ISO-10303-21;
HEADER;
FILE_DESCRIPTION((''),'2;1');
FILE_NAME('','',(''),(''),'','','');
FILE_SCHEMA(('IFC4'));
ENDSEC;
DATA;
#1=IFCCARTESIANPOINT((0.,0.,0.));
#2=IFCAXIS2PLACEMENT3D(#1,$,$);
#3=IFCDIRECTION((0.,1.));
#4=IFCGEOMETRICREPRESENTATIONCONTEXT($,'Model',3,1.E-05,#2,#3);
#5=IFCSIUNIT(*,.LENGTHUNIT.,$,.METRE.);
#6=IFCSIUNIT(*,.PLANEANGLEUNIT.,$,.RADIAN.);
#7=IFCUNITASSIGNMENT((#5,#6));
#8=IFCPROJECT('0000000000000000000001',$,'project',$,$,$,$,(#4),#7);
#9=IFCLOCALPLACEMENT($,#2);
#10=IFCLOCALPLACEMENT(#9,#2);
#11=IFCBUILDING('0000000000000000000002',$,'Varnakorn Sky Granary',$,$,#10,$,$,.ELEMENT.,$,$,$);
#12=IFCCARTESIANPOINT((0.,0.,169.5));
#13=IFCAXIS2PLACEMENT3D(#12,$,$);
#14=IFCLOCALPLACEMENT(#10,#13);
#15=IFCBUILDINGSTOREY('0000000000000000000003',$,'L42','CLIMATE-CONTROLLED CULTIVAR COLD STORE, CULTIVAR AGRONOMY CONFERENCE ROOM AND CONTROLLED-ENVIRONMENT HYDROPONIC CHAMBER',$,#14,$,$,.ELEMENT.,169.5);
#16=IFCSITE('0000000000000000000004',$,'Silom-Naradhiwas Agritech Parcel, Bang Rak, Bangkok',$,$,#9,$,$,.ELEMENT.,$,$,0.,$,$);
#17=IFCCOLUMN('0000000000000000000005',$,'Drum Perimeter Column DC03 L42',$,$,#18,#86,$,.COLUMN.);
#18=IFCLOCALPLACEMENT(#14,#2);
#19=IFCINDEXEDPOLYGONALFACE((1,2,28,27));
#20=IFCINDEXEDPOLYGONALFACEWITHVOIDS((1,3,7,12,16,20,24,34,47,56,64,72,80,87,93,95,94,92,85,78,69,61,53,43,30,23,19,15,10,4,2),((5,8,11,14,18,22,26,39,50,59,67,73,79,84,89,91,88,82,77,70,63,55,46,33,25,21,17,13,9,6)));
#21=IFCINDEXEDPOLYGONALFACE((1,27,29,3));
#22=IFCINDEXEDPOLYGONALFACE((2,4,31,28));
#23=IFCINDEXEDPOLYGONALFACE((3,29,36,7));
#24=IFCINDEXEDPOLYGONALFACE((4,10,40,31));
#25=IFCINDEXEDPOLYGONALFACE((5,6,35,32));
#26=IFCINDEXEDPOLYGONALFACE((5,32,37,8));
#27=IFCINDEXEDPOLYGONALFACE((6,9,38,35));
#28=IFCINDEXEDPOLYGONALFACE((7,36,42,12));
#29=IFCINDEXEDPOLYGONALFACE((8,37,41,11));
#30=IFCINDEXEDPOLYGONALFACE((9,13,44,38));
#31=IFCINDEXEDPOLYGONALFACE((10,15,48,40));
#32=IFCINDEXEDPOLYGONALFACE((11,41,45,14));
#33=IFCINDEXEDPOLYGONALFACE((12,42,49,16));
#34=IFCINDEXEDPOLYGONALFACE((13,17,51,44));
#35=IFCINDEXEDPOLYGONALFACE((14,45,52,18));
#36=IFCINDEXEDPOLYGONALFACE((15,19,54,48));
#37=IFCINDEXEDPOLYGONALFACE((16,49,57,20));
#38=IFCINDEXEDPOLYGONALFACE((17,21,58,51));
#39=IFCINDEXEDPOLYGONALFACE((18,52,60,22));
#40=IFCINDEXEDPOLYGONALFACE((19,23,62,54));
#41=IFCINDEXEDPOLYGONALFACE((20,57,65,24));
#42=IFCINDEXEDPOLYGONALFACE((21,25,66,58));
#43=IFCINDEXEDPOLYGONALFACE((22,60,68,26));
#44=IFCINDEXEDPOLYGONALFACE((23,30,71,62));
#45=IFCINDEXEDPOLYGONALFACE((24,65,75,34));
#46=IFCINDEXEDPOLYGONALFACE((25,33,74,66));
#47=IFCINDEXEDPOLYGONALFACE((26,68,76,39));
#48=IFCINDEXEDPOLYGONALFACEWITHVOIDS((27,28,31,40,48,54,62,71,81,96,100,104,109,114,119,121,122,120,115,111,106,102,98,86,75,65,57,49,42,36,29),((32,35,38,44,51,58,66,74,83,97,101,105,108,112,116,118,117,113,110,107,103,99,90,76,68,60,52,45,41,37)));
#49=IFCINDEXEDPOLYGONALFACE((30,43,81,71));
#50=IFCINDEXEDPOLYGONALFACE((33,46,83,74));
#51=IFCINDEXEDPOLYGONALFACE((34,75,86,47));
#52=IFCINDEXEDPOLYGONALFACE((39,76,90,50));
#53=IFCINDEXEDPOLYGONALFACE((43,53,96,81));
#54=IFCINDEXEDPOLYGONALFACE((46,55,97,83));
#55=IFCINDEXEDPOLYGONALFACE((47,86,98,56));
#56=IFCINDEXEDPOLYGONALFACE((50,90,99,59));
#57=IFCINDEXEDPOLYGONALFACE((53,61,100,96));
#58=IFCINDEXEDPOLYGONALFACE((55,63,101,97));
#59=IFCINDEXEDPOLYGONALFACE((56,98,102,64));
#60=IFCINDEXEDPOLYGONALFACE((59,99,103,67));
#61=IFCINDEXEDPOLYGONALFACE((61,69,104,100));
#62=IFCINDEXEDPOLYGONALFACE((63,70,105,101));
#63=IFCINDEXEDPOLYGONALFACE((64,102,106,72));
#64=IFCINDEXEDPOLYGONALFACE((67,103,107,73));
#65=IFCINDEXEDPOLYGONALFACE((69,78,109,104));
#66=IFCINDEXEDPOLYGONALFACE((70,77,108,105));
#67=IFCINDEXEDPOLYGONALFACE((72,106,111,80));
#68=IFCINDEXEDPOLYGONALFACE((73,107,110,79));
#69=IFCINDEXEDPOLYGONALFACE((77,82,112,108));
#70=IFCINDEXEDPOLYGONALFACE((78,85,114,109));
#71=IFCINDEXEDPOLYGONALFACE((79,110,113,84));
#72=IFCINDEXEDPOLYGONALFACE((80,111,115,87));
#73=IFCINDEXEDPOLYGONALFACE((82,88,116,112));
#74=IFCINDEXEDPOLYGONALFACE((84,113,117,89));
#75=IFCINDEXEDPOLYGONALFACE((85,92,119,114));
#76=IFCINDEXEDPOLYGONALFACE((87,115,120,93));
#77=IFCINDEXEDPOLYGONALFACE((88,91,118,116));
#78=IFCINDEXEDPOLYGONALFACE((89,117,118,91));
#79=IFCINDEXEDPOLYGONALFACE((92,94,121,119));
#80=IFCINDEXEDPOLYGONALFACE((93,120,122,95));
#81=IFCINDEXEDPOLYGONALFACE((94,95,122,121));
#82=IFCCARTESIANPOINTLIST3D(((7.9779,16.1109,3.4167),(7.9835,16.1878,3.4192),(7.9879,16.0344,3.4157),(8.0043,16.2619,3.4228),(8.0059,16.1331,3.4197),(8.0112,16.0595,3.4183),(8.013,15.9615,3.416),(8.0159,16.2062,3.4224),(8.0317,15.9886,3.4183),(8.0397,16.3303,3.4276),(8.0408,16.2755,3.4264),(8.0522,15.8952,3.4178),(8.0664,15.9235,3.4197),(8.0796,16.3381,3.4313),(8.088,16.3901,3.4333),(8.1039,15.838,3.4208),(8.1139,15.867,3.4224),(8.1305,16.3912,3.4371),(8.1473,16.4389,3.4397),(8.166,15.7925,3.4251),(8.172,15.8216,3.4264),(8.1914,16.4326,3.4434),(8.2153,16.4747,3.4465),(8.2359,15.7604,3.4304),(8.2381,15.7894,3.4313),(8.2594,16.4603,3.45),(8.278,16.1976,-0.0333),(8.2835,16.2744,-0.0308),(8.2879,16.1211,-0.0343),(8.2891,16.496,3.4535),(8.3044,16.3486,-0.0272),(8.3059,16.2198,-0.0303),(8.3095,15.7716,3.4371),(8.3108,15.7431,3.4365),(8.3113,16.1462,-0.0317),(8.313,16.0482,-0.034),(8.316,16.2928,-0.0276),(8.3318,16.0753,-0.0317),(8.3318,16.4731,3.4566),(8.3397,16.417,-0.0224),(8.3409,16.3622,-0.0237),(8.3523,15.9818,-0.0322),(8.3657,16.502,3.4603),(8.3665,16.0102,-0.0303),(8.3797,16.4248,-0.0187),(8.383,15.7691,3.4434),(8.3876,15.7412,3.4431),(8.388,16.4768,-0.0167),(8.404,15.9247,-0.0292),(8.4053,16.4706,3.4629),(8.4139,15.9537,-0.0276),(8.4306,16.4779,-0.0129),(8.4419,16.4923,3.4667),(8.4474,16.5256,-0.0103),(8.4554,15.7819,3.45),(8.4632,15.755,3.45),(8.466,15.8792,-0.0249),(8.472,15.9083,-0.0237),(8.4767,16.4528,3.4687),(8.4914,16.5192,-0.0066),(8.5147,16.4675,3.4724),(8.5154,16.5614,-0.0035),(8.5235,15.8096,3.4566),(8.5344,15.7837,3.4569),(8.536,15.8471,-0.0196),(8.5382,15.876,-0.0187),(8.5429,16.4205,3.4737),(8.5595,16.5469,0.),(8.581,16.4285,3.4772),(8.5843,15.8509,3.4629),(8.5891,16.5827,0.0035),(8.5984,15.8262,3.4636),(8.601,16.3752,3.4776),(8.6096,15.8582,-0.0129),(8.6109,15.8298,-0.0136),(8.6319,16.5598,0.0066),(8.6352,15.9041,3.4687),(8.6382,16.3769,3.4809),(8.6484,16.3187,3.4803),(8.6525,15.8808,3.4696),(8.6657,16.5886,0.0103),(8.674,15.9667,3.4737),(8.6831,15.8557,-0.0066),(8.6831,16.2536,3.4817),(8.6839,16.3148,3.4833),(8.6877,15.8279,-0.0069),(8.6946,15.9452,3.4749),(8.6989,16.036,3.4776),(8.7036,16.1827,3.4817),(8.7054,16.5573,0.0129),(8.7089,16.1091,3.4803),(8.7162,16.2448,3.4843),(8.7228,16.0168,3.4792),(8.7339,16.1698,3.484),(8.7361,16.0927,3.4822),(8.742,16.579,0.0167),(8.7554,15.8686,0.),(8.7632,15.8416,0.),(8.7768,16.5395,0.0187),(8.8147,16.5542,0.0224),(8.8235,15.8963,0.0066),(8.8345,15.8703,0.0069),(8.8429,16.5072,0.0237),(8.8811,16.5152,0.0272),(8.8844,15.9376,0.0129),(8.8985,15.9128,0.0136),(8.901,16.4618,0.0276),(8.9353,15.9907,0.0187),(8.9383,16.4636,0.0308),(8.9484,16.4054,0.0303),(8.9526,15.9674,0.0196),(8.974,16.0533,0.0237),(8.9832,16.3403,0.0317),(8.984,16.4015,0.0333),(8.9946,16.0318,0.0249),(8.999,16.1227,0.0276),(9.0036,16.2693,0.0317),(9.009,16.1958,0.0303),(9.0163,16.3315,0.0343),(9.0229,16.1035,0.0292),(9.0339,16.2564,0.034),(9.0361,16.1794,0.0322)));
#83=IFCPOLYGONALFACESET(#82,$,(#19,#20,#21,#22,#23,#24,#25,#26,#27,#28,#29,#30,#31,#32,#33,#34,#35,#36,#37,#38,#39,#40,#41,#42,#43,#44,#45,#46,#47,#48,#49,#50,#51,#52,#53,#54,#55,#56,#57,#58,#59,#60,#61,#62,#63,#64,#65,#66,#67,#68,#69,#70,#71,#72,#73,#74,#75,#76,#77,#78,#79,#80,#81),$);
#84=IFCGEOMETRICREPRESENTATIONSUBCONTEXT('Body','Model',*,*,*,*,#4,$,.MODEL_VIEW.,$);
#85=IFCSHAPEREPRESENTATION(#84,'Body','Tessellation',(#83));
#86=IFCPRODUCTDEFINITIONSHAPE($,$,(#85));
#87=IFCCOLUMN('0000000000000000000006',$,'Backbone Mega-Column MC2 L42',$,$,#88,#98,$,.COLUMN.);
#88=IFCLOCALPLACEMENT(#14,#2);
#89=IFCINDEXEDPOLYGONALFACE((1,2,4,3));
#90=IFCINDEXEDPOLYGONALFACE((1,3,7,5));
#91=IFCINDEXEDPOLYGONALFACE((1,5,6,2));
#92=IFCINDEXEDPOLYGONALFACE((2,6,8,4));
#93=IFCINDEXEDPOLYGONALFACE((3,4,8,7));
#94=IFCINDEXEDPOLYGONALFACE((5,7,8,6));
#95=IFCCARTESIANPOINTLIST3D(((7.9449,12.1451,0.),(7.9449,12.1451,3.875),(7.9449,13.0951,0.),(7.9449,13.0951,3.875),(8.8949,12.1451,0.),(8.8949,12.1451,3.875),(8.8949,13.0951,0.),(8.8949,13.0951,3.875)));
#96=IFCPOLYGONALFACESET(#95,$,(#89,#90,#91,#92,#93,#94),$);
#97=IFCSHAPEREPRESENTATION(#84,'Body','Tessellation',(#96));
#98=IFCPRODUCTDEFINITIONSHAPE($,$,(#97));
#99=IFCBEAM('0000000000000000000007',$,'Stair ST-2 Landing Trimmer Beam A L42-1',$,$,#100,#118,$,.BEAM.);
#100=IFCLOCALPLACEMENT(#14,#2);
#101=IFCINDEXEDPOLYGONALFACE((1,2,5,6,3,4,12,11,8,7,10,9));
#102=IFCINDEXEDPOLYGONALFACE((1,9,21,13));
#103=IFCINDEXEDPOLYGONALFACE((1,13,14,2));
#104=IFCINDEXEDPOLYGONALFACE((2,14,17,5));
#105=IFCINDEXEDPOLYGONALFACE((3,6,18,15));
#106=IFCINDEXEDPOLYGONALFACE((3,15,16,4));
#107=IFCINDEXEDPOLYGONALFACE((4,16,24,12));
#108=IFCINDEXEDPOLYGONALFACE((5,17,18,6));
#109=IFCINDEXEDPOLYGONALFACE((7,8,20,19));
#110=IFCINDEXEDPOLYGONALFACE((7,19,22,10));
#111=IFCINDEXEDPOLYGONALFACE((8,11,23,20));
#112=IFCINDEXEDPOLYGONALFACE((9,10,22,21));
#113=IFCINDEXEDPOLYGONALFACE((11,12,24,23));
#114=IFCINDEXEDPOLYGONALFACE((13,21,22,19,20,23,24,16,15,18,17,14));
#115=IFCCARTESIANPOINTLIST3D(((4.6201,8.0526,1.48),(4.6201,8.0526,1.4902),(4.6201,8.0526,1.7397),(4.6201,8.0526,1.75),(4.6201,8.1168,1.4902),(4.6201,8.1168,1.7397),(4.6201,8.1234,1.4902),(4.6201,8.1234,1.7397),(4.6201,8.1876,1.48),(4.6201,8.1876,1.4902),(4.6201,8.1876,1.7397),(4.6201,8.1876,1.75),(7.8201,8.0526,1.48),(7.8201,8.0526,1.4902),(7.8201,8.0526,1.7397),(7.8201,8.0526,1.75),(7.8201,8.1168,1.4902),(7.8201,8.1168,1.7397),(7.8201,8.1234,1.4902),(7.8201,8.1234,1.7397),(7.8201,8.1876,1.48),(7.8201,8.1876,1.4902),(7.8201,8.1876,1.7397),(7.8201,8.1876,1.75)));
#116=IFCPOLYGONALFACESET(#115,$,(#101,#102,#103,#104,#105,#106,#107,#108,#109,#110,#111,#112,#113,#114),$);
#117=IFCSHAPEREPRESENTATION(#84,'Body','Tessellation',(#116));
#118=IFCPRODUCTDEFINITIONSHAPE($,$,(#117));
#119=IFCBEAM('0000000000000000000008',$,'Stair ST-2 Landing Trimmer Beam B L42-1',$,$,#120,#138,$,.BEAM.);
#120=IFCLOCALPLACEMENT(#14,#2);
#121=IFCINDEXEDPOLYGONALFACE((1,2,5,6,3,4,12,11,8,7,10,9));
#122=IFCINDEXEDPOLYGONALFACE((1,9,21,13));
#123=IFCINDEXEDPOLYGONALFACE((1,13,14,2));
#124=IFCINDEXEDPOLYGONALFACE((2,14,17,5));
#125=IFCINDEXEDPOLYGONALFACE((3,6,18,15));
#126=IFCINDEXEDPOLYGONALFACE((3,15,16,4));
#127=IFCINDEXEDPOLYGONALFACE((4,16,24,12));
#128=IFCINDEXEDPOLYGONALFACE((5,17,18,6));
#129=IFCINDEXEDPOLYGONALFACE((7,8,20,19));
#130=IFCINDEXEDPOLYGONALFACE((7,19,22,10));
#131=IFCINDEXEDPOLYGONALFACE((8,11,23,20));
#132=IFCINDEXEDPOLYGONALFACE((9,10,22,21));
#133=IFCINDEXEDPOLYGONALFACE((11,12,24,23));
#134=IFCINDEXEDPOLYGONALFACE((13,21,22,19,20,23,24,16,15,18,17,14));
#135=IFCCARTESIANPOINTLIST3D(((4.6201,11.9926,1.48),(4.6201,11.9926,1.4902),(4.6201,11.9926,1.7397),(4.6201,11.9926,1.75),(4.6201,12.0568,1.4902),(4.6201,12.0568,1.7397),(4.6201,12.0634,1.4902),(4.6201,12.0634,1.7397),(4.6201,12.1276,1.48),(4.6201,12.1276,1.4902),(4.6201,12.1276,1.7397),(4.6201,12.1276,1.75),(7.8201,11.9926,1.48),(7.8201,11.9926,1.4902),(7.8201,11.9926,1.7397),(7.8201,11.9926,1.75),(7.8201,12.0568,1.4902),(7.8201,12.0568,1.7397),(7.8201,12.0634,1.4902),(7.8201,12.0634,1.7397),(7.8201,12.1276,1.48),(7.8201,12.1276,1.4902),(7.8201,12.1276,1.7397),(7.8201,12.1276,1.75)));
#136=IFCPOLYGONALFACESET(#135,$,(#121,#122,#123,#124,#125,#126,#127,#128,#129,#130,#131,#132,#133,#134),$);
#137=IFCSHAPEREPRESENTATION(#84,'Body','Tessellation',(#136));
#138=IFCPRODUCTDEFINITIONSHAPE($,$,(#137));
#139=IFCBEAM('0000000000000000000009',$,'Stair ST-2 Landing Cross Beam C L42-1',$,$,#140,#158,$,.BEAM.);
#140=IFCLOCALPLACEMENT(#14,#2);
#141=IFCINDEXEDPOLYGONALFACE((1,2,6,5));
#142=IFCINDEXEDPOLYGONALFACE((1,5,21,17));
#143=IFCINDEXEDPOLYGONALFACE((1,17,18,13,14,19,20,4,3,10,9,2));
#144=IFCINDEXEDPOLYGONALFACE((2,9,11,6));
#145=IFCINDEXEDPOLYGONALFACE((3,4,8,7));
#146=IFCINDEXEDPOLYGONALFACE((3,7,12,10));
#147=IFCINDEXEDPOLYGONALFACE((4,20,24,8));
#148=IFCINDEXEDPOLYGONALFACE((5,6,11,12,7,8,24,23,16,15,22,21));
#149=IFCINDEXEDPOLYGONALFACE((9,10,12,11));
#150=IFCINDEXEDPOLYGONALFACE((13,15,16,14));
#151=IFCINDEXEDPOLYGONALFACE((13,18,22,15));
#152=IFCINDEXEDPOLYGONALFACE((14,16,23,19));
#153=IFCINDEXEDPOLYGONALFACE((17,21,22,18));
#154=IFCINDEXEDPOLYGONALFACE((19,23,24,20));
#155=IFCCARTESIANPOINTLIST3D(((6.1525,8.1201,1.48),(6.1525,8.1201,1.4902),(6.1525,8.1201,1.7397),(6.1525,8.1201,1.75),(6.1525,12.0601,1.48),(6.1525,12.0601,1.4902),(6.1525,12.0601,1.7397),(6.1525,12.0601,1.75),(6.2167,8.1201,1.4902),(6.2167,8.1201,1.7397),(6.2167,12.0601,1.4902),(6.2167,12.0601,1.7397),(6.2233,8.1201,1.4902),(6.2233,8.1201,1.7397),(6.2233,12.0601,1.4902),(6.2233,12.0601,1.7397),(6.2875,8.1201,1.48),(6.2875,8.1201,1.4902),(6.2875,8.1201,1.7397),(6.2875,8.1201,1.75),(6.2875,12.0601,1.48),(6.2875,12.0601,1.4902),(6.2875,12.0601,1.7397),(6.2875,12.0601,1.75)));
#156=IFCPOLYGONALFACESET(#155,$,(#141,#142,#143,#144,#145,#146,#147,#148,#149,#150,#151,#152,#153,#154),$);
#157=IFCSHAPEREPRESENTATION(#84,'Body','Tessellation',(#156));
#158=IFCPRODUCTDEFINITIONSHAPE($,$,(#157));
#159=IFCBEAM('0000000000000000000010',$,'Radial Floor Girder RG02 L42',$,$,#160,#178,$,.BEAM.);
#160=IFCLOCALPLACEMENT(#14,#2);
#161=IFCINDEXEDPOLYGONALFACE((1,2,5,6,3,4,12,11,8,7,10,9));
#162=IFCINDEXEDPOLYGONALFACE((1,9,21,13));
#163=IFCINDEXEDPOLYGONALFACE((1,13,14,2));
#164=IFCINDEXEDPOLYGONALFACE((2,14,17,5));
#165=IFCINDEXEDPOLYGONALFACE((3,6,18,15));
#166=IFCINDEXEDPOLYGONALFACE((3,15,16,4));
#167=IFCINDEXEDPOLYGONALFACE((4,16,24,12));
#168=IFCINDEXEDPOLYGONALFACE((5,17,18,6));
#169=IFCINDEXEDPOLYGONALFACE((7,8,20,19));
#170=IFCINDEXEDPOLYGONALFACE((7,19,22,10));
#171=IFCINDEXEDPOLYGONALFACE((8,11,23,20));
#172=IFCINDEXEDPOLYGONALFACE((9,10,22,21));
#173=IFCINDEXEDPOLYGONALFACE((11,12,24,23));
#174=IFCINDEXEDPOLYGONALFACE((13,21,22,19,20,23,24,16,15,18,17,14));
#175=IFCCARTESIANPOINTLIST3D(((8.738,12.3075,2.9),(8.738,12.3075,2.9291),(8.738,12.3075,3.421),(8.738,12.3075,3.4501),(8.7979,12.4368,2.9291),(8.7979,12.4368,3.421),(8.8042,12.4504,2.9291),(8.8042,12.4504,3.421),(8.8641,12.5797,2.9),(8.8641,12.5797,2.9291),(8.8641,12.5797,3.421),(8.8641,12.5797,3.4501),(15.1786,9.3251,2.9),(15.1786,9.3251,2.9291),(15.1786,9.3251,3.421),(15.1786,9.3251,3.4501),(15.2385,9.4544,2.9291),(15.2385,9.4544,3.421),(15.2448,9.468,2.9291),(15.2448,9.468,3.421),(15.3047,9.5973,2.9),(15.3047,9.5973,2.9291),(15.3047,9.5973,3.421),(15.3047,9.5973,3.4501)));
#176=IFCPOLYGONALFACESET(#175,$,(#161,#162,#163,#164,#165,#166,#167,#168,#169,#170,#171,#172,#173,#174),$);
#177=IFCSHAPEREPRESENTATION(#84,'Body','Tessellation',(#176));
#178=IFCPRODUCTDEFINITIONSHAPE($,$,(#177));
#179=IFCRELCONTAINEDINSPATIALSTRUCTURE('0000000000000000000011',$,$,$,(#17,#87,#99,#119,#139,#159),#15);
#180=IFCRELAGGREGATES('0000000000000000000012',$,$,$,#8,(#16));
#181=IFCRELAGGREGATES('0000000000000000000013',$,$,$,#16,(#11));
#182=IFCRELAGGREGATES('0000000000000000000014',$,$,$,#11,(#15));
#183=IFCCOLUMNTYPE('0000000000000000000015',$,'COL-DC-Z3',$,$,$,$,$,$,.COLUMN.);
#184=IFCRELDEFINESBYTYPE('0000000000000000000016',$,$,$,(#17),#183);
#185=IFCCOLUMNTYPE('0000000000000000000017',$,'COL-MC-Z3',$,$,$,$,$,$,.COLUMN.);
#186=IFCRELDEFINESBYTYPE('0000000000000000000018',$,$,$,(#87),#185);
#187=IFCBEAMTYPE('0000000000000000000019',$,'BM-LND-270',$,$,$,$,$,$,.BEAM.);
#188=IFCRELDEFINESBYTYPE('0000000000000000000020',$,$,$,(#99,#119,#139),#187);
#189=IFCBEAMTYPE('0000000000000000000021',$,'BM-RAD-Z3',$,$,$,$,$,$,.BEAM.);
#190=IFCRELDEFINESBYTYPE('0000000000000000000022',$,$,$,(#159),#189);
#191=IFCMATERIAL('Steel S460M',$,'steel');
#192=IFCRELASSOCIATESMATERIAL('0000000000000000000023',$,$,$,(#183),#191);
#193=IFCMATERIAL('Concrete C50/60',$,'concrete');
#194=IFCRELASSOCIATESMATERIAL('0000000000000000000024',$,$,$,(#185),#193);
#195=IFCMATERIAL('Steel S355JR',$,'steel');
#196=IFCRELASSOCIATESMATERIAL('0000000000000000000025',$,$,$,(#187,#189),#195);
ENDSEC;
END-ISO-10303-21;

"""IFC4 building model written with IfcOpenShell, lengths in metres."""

from ifc_helpers import new_model, si_unit, direction, frame, origin, origin_2d, place, context, subcontext, project, spatial, rectangle, hollow_circle, i_section, extrude, material, material_profile, profile_set, type_object, element, save


model = new_model("IFC4")

# Units and contexts
model_context = context("Model", 3, precision=1e-05, world=origin(), true_north=direction((0.0, 1.0)))
body_context = subcontext(model_context, "Body", "Model", "MODEL_VIEW")
ifc_project = project(units=[si_unit("LENGTHUNIT", "METRE"), si_unit("PLANEANGLEUNIT", "RADIAN")], contexts=[model_context])

# Site, building, storey
site_placement = place(None, origin())
site = spatial("IfcSite", under=ifc_project, at=site_placement, Name="Silom-Naradhiwas Agritech Parcel, Bang Rak, Bangkok", CompositionType="ELEMENT", RefElevation=0.0)
building_placement = place(site_placement, origin())
building = spatial("IfcBuilding", under=site, at=building_placement, Name="Varnakorn Sky Granary", CompositionType="ELEMENT")
storey_placement = place(building_placement, frame((0.0, 0.0, 169.5)))
storey = spatial("IfcBuildingStorey", under=building, at=storey_placement, Name="L42", Description="CLIMATE-CONTROLLED CULTIVAR COLD STORE, CULTIVAR AGRONOMY CONFERENCE ROOM AND CONTROLLED-ENVIRONMENT HYDROPONIC CHAMBER", CompositionType="ELEMENT", Elevation=169.5)

# Columns
ifc_material_1 = material(Name="Steel S460M", Category="steel")
ifc_material_profile_1 = material_profile(ifc_material_1, hollow_circle(Radius=0.3811, WallThickness=0.0281, at=origin_2d()), Name="CHS 762x28")
ifc_profile_set_1 = profile_set([ifc_material_profile_1], Name="Steel S460M")
column_type_1 = type_object("IfcColumnType", Name="COL-DC-Z3", PredefinedType="COLUMN", material=ifc_profile_set_1)
column_1_placement = place(storey_placement, frame((8.6575, 16.2078, 0.0), z_axis=(-0.086618, -0.02502, 0.995927), x_axis=(0.277508, -0.960723, 0.0)))
element("IfcColumn", 1, at=column_1_placement, inside=storey, type_object=column_type_1, Name="Drum Perimeter Column DC03 L42", PredefinedType="COLUMN", context=body_context, shape_type="SweptSolid", body=[
    extrude(hollow_circle(Radius=0.3811, WallThickness=0.0281, at=origin_2d()), origin(), (0.0, 0.0, 1.0), 3.4641),
])
ifc_material_2 = material(Name="Concrete C50/60", Category="concrete")
ifc_material_profile_2 = material_profile(ifc_material_2, rectangle(XDim=0.95, YDim=0.95, at=origin_2d()), Name="RC 950x950")
ifc_profile_set_2 = profile_set([ifc_material_profile_2], Name="Concrete C50/60")
column_type_2 = type_object("IfcColumnType", Name="COL-MC-Z3", PredefinedType="COLUMN", material=ifc_profile_set_2)
column_2_placement = place(storey_placement, frame((8.4199, 12.6201, 0.0), z_axis=(0.0, 0.0, 1.0), x_axis=(1.0, 0.0, 0.0)))
element("IfcColumn", 2, at=column_2_placement, inside=storey, type_object=column_type_2, Name="Backbone Mega-Column MC2 L42", PredefinedType="COLUMN", context=body_context, shape_type="SweptSolid", body=[
    extrude(rectangle(XDim=0.95, YDim=0.95, at=origin_2d()), origin(), (0.0, 0.0, 1.0), 3.875),
])

# Beams
ifc_material_3 = material(Name="Steel S355JR", Category="steel")
ifc_material_profile_3 = material_profile(ifc_material_3, i_section(OverallWidth=0.135, OverallDepth=0.27, WebThickness=0.0066, FlangeThickness=0.0103, at=origin_2d()), Name="IPE 270")
ifc_profile_set_3 = profile_set([ifc_material_profile_3], Name="Steel S355JR")
beam_type_1 = type_object("IfcBeamType", Name="BM-LND-270", PredefinedType="BEAM", material=ifc_profile_set_3)
for number, where, z_axis, x_axis, name in (
    (3, (4.6201, 8.1201, 1.615), (1.0, 0.0, 0.0), (0.0, 1.0, 0.0), "Stair ST-2 Landing Trimmer Beam A L42-1"),
    (4, (4.6201, 12.0601, 1.615), (1.0, 0.0, 0.0), (0.0, 1.0, 0.0), "Stair ST-2 Landing Trimmer Beam B L42-1"),
):
    element("IfcBeam", number, at=place(storey_placement, frame(where, z_axis=z_axis, x_axis=x_axis)), inside=storey, type_object=beam_type_1, Name=name, PredefinedType="BEAM", context=body_context, shape_type="SweptSolid", body=[
        extrude(i_section(OverallWidth=0.135, OverallDepth=0.27, WebThickness=0.0066, FlangeThickness=0.0103, at=origin_2d()), origin(), (0.0, 0.0, 1.0), 3.2),
    ])
beam_1_placement = place(storey_placement, frame((6.22, 8.1201, 1.615), z_axis=(0.0, 1.0, 0.0), x_axis=(-1.0, 0.0, 0.0)))
element("IfcBeam", 5, at=beam_1_placement, inside=storey, type_object=beam_type_1, Name="Stair ST-2 Landing Cross Beam C L42-1", PredefinedType="BEAM", context=body_context, shape_type="SweptSolid", body=[
    extrude(i_section(OverallWidth=0.135, OverallDepth=0.27, WebThickness=0.0066, FlangeThickness=0.0103, at=origin_2d()), origin(), (0.0, 0.0, 1.0), 3.9399),
])
ifc_material_profile_4 = material_profile(ifc_material_3, i_section(OverallWidth=0.3, OverallDepth=0.55, WebThickness=0.0149, FlangeThickness=0.0291, at=origin_2d()), Name="HE 550 B")
ifc_profile_set_4 = profile_set([ifc_material_profile_4], Name="Steel S355JR")
beam_type_2 = type_object("IfcBeamType", Name="BM-RAD-Z3", PredefinedType="BEAM", material=ifc_profile_set_4)
beam_2_placement = place(storey_placement, frame((8.801, 12.4436, 3.175), z_axis=(0.907433, -0.420196, 0.0), x_axis=(0.420196, 0.907433, 0.0)))
element("IfcBeam", 6, at=beam_2_placement, inside=storey, type_object=beam_type_2, Name="Radial Floor Girder RG02 L42", PredefinedType="BEAM", context=body_context, shape_type="SweptSolid", body=[
    extrude(i_section(OverallWidth=0.3, OverallDepth=0.55, WebThickness=0.0149, FlangeThickness=0.0291, at=origin_2d()), origin(), (0.0, 0.0, 1.0), 7.0977),
])

save(model, "model.ifc")
